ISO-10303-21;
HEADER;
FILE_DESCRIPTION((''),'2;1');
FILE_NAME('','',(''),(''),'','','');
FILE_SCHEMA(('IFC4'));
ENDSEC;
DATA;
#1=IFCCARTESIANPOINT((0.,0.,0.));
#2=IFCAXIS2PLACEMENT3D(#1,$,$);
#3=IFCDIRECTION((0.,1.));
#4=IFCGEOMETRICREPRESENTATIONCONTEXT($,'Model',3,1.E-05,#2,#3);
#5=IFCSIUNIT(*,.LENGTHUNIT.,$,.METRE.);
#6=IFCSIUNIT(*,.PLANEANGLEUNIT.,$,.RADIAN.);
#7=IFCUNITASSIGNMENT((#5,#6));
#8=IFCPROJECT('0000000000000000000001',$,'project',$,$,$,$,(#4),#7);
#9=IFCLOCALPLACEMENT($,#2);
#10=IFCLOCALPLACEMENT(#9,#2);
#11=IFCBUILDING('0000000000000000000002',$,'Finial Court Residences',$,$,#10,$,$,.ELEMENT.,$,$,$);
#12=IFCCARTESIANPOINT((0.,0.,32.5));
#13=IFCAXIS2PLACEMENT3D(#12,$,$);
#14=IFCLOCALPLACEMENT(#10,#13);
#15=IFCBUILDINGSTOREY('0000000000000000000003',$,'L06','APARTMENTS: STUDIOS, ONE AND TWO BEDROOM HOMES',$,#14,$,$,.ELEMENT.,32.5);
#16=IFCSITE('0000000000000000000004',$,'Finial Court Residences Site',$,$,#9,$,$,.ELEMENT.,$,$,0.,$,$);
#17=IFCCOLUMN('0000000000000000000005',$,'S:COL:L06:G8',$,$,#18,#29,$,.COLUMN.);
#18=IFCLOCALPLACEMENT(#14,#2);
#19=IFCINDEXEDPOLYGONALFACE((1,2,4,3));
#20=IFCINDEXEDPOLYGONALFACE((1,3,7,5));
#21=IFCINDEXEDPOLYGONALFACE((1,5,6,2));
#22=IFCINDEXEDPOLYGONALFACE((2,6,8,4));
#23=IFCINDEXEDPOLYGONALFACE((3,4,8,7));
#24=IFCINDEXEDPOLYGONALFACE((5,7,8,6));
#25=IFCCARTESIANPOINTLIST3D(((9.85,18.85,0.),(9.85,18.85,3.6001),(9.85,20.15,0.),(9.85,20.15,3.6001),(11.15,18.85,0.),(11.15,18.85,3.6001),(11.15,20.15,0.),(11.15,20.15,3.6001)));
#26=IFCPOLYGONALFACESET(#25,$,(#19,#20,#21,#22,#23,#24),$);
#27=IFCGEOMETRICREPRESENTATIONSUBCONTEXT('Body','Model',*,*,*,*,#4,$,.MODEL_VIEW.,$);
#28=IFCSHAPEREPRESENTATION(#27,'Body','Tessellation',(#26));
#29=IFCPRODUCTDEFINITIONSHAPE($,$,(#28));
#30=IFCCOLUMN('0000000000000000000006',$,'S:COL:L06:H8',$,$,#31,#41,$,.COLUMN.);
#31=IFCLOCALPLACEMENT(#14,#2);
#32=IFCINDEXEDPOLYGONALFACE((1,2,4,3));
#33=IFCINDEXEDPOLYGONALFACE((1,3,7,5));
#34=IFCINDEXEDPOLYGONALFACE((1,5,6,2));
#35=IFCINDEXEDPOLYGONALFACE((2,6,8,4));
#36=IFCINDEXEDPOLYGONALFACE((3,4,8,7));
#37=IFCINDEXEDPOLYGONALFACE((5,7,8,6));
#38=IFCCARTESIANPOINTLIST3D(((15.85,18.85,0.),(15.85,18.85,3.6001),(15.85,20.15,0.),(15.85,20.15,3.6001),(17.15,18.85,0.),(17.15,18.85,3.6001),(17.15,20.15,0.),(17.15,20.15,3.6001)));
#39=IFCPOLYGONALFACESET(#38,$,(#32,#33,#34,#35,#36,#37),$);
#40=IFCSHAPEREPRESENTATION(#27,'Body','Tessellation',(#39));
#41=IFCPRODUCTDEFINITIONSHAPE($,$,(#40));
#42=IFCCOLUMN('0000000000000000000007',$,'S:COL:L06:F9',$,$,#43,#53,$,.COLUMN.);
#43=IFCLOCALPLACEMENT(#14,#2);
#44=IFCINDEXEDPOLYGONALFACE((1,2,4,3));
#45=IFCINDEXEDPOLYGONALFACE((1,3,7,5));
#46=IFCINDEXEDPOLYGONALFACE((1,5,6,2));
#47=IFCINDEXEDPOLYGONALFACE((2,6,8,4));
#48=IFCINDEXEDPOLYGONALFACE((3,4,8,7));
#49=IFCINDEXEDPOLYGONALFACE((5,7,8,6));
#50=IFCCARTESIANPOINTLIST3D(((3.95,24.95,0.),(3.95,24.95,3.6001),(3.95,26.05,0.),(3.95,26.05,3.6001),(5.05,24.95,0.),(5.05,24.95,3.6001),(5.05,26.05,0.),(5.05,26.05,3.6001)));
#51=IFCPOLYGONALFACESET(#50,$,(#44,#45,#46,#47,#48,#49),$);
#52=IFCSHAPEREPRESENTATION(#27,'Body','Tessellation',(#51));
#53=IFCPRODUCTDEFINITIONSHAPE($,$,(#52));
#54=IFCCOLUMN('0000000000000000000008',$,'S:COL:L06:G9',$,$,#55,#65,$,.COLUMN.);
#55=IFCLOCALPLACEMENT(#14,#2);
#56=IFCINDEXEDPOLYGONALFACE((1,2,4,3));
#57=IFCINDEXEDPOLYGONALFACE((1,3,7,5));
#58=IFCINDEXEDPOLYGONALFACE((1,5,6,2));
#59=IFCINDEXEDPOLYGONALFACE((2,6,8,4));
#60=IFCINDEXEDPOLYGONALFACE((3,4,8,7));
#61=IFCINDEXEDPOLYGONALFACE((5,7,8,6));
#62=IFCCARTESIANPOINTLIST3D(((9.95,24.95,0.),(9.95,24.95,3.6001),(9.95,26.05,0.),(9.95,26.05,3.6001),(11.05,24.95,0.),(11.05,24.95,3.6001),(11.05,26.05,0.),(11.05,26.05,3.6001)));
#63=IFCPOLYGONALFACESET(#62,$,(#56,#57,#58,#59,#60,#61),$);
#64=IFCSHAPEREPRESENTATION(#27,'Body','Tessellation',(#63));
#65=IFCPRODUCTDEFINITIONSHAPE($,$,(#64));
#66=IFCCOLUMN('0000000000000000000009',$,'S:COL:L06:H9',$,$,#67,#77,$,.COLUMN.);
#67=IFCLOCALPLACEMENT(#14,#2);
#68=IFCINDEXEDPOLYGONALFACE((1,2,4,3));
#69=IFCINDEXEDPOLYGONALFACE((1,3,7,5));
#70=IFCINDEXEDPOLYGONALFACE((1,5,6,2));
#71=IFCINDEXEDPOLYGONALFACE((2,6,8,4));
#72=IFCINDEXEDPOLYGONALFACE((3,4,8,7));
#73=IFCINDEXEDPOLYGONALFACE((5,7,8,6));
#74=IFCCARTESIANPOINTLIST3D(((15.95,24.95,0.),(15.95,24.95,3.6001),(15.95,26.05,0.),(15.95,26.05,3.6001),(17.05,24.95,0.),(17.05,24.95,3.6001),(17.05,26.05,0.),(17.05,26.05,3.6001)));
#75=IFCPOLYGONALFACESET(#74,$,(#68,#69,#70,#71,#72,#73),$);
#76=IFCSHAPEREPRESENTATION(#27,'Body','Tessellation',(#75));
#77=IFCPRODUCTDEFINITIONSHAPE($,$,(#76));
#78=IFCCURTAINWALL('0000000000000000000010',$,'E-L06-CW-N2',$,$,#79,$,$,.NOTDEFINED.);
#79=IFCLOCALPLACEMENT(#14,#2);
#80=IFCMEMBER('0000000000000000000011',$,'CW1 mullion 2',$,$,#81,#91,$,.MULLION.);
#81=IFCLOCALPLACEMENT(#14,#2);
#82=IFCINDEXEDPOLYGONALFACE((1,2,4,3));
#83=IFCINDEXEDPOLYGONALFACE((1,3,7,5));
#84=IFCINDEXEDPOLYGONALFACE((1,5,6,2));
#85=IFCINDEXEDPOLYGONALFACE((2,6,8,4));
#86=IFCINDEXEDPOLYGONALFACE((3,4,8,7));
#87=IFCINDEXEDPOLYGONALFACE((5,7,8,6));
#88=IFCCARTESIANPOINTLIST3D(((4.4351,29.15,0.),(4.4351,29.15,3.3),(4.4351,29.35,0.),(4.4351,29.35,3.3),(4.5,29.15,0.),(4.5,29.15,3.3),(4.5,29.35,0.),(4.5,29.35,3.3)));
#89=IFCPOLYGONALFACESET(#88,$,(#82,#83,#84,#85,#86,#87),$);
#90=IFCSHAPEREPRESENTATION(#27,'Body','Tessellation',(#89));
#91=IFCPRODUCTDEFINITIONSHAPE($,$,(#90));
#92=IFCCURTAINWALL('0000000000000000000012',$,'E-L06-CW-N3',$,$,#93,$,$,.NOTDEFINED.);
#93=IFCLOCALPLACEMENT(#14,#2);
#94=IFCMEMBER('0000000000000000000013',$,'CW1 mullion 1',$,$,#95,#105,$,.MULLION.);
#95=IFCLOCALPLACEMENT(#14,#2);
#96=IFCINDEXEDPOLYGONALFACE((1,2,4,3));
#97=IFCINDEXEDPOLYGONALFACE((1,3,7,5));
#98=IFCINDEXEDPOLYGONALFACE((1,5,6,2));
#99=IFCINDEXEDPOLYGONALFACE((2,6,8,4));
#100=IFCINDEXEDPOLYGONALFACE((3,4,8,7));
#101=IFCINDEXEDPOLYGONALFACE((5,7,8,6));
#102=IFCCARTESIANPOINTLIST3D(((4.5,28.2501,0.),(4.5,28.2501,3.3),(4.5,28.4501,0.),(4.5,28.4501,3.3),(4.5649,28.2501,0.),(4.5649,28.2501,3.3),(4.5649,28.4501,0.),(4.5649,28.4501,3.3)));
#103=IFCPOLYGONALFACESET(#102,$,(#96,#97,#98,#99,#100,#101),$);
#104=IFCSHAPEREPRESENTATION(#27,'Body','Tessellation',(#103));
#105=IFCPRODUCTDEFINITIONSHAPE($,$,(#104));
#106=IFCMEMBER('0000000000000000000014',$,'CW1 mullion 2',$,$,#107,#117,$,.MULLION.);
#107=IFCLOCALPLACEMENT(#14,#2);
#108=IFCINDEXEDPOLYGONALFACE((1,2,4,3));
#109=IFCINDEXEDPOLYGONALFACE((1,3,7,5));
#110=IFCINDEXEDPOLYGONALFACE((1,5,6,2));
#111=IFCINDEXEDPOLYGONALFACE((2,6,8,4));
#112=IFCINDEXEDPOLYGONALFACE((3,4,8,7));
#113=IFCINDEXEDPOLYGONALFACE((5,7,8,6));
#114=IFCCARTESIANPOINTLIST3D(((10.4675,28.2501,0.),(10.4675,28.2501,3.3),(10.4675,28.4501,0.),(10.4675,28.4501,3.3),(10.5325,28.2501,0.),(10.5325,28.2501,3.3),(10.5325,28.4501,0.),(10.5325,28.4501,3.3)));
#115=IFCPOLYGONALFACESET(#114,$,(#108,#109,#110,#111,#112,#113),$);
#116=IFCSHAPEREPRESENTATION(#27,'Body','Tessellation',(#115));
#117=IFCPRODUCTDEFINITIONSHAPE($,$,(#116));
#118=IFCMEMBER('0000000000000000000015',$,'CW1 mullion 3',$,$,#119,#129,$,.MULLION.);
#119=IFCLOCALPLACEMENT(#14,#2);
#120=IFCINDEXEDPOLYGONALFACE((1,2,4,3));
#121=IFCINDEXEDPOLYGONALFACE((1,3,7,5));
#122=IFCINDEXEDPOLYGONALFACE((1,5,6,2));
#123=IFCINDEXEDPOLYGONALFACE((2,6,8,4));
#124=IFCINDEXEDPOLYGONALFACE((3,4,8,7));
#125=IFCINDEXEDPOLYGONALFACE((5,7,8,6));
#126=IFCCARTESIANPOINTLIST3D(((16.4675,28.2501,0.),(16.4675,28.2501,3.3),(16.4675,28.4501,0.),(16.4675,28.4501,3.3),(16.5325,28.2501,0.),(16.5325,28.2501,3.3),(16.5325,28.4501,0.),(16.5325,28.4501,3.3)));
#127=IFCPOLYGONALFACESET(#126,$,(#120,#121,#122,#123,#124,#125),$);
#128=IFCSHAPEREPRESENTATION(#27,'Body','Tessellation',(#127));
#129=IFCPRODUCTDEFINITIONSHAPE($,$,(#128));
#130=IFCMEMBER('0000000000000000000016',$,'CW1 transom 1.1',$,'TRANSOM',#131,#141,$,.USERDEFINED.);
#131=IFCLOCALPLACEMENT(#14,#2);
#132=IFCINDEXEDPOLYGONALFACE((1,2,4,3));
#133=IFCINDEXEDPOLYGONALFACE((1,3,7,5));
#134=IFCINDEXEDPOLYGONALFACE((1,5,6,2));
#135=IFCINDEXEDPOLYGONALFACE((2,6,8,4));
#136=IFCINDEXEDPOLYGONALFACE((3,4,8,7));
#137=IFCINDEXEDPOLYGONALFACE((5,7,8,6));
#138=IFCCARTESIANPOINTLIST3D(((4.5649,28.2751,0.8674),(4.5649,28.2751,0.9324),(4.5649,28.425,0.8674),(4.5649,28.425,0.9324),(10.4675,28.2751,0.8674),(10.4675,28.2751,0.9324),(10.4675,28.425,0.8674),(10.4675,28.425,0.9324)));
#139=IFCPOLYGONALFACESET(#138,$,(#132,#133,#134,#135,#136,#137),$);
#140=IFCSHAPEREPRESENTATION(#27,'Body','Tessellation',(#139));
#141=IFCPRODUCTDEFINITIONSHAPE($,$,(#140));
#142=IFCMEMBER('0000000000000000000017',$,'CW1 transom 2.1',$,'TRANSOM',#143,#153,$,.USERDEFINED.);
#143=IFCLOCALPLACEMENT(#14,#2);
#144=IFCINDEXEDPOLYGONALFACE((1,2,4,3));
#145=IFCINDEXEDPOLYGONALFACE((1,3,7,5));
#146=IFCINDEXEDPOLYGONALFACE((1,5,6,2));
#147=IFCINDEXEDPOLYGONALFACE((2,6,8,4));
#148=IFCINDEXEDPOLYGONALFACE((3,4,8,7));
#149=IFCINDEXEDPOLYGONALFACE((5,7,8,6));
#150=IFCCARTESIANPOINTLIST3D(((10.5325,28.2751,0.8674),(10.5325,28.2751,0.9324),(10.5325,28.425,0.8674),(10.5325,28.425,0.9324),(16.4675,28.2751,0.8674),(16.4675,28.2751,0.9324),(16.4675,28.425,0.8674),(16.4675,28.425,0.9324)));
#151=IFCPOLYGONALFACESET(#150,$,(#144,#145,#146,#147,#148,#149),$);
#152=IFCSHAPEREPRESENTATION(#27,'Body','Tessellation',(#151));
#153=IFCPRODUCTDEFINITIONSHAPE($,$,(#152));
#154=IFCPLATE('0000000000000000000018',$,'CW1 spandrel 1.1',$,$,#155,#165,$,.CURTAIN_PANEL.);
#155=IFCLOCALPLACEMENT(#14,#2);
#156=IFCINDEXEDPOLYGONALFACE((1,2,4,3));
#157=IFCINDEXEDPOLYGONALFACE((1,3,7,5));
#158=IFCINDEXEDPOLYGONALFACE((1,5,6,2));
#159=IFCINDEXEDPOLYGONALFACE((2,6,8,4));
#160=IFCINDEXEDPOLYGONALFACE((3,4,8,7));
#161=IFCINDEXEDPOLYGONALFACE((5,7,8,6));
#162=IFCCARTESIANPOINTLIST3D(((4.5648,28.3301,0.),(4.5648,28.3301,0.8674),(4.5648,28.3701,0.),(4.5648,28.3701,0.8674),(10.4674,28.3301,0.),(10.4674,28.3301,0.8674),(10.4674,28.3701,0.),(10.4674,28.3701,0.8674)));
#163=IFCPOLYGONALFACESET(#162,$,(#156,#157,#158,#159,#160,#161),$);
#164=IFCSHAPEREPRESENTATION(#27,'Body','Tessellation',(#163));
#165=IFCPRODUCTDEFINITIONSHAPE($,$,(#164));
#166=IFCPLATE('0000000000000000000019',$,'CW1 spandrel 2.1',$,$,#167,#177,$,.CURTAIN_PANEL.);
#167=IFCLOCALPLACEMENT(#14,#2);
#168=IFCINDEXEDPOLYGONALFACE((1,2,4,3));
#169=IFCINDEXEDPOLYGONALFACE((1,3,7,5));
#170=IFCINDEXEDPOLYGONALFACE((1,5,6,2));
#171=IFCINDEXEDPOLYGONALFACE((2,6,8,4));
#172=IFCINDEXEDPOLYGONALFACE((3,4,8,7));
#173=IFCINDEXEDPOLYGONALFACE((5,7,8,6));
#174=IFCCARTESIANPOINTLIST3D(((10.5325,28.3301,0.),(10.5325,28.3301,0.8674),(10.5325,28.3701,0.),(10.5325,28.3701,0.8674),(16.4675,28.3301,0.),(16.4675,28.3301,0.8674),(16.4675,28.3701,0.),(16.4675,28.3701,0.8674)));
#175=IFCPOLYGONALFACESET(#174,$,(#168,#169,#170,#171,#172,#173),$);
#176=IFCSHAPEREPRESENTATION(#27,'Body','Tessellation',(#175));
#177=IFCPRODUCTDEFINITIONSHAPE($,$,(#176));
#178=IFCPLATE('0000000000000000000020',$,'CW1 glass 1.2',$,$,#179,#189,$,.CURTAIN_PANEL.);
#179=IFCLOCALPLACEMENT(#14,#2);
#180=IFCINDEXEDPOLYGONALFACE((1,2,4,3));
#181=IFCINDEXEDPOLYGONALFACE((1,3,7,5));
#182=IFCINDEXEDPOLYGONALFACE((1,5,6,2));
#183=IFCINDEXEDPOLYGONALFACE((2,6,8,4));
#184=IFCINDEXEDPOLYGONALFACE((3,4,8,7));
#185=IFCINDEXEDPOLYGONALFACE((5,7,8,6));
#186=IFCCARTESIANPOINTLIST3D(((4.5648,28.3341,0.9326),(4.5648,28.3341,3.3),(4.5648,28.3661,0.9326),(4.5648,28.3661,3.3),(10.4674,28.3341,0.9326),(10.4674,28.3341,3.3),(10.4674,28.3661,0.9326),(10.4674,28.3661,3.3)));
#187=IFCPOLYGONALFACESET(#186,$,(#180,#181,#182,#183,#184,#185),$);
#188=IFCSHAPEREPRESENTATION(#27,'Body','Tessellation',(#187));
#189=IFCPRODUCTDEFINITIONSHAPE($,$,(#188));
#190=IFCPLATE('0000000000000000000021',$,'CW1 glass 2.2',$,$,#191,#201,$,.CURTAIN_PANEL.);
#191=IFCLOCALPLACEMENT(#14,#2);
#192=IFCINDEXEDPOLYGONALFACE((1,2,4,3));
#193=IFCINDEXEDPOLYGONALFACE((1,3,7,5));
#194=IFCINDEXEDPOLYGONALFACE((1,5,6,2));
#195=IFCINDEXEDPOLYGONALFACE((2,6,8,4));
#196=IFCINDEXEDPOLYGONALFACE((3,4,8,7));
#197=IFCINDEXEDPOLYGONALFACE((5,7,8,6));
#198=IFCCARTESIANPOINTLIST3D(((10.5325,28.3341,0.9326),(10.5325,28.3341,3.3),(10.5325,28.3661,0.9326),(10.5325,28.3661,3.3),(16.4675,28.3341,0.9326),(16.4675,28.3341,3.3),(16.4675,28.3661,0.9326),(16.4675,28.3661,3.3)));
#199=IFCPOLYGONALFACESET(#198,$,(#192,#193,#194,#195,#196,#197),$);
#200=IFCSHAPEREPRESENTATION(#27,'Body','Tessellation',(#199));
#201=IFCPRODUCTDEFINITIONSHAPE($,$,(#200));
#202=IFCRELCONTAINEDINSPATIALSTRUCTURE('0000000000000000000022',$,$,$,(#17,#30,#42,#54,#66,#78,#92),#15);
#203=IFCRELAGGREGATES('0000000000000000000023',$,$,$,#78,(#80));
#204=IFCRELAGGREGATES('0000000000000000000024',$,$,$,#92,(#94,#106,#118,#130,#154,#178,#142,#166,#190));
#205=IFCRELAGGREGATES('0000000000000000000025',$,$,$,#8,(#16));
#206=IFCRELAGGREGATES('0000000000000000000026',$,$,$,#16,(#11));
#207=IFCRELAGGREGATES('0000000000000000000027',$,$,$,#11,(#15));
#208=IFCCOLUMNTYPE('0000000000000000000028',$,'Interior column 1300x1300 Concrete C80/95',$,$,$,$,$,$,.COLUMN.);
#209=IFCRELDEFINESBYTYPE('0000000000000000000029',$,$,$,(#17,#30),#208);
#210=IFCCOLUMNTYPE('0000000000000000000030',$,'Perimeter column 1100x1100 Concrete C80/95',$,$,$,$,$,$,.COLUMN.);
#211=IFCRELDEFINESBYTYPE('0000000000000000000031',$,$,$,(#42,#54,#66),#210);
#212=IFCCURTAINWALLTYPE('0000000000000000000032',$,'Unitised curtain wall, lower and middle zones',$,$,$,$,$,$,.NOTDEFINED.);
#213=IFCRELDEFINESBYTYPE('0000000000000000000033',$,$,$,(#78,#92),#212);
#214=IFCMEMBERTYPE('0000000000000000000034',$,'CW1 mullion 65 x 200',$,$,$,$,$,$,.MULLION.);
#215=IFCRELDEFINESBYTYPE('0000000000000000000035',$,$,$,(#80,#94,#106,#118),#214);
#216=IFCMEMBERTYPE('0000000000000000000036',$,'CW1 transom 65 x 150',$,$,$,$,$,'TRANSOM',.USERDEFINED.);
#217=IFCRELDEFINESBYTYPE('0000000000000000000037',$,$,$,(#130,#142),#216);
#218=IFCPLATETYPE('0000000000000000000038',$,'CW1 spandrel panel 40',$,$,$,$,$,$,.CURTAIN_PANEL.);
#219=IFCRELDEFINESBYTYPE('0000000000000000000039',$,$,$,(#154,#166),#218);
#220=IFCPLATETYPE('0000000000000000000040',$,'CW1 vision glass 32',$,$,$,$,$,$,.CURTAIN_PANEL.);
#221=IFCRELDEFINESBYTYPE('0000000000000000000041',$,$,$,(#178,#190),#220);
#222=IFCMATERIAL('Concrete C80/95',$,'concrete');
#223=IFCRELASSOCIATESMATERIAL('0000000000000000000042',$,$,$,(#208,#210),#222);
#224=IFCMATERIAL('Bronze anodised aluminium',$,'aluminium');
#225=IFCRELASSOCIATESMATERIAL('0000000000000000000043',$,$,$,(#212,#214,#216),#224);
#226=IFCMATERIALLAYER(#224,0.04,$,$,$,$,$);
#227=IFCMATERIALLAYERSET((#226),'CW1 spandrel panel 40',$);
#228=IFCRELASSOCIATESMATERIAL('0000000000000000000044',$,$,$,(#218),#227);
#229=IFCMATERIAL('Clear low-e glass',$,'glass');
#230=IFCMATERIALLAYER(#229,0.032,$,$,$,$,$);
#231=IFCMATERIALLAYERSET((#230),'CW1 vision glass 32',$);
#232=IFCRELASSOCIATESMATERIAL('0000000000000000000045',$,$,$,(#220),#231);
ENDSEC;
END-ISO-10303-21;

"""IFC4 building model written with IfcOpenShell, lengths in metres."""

from ifc_helpers import new_model, si_unit, direction, frame, origin, origin_2d, place, context, subcontext, project, spatial, rectangle, extrude, material, layer, layer_set, material_profile, profile_set, type_object, element, aggregate, save


model = new_model("IFC4")

# Units and contexts
model_context = context("Model", 3, precision=1e-05, world=origin(), true_north=direction((0.0, 1.0)))
body_context = subcontext(model_context, "Body", "Model", "MODEL_VIEW")
ifc_project = project(units=[si_unit("LENGTHUNIT", "METRE"), si_unit("PLANEANGLEUNIT", "RADIAN")], contexts=[model_context])

# Site, building, storey
site_placement = place(None, origin())
site = spatial("IfcSite", under=ifc_project, at=site_placement, Name="Finial Court Residences Site", CompositionType="ELEMENT", RefElevation=0.0)
building_placement = place(site_placement, origin())
building = spatial("IfcBuilding", under=site, at=building_placement, Name="Finial Court Residences", CompositionType="ELEMENT")
storey_placement = place(building_placement, frame((0.0, 0.0, 32.5)))
storey = spatial("IfcBuildingStorey", under=building, at=storey_placement, Name="L06", Description="APARTMENTS: STUDIOS, ONE AND TWO BEDROOM HOMES", CompositionType="ELEMENT", Elevation=32.5)

# Columns
ifc_material_1 = material(Name="Concrete C80/95", Category="concrete")
ifc_material_profile_1 = material_profile(ifc_material_1, rectangle(XDim=1.3, YDim=1.3, at=origin_2d()), Name="1300x1300")
ifc_profile_set_1 = profile_set([ifc_material_profile_1], Name="Concrete C80/95")
column_type_1 = type_object("IfcColumnType", Name="Interior column 1300x1300 Concrete C80/95", PredefinedType="COLUMN", material=ifc_profile_set_1)
for number, where, z_axis, x_axis, name in (
    (1, (10.5, 19.5, 0.0), (0.0, 0.0, 1.0), (1.0, 0.0, 0.0), "S:COL:L06:G8"),
    (2, (16.5, 19.5, 0.0), (0.0, 0.0, 1.0), (1.0, 0.0, 0.0), "S:COL:L06:H8"),
):
    element("IfcColumn", number, at=place(storey_placement, frame(where, z_axis=z_axis, x_axis=x_axis)), inside=storey, type_object=column_type_1, Name=name, PredefinedType="COLUMN", context=body_context, shape_type="SweptSolid", body=[
        extrude(rectangle(XDim=1.3, YDim=1.3, at=origin_2d()), origin(), (0.0, 0.0, 1.0), 3.6001),
    ])
ifc_material_profile_2 = material_profile(ifc_material_1, rectangle(XDim=1.1001, YDim=1.1001, at=origin_2d()), Name="1100x1100")
ifc_profile_set_2 = profile_set([ifc_material_profile_2], Name="Concrete C80/95")
column_type_2 = type_object("IfcColumnType", Name="Perimeter column 1100x1100 Concrete C80/95", PredefinedType="COLUMN", material=ifc_profile_set_2)
for number, where, z_axis, x_axis, name in (
    (3, (4.5, 25.5, 0.0), (0.0, 0.0, 1.0), (1.0, 0.0, 0.0), "S:COL:L06:F9"),
    (4, (10.5, 25.5, 0.0), (0.0, 0.0, 1.0), (1.0, 0.0, 0.0), "S:COL:L06:G9"),
    (5, (16.5, 25.5, 0.0), (0.0, 0.0, 1.0), (1.0, 0.0, 0.0), "S:COL:L06:H9"),
):
    element("IfcColumn", number, at=place(storey_placement, frame(where, z_axis=z_axis, x_axis=x_axis)), inside=storey, type_object=column_type_2, Name=name, PredefinedType="COLUMN", context=body_context, shape_type="SweptSolid", body=[
        extrude(rectangle(XDim=1.1001, YDim=1.1001, at=origin_2d()), origin(), (0.0, 0.0, 1.0), 3.6001),
    ])

# Curtain wall, member
ifc_material_2 = material(Name="Bronze anodised aluminium", Category="aluminium")
curtain_wall_type = type_object("IfcCurtainWallType", Name="Unitised curtain wall, lower and middle zones", PredefinedType="NOTDEFINED", material=ifc_material_2)
curtain_wall_1_placement = place(storey_placement, origin())
curtain_wall_1 = element("IfcCurtainWall", 6, at=curtain_wall_1_placement, inside=storey, type_object=curtain_wall_type, Name="E-L06-CW-N2", PredefinedType="NOTDEFINED")
ifc_material_profile_3 = material_profile(ifc_material_2, rectangle(XDim=0.2, YDim=0.0649, at=origin_2d()), Name="CW1 mullion 65 x 200")
ifc_profile_set_3 = profile_set([ifc_material_profile_3], Name="Bronze anodised aluminium")
member_type_1 = type_object("IfcMemberType", Name="CW1 mullion 65 x 200", PredefinedType="MULLION", material=ifc_profile_set_3)
member_1_placement = place(storey_placement, frame((4.4675, 29.25, 0.0), z_axis=(0.0, 0.0, 1.0), x_axis=(0.0, 1.0, 0.0)))
member_1 = element("IfcMember", 7, at=member_1_placement, type_object=member_type_1, Name="CW1 mullion 2", PredefinedType="MULLION", context=body_context, shape_type="SweptSolid", body=[
    extrude(rectangle(XDim=0.2, YDim=0.0649, at=origin_2d()), origin(), (0.0, 0.0, 1.0), 3.3),
])
aggregate(curtain_wall_1, [member_1])

# Curtain wall, members, plates
curtain_wall_2_placement = place(storey_placement, origin())
curtain_wall_2 = element("IfcCurtainWall", 8, at=curtain_wall_2_placement, inside=storey, type_object=curtain_wall_type, Name="E-L06-CW-N3", PredefinedType="NOTDEFINED")
member_2_placement = place(storey_placement, frame((4.5325, 28.3501, 0.0), z_axis=(0.0, 0.0, 1.0), x_axis=(0.0, 1.0, 0.0)))
member_2 = element("IfcMember", 9, at=member_2_placement, type_object=member_type_1, Name="CW1 mullion 1", PredefinedType="MULLION", context=body_context, shape_type="SweptSolid", body=[
    extrude(rectangle(XDim=0.2, YDim=0.0649, at=origin_2d()), origin(), (0.0, 0.0, 1.0), 3.3),
])
member_3_placement = place(storey_placement, frame((10.5, 28.3501, 0.0), z_axis=(0.0, 0.0, 1.0), x_axis=(0.0, 1.0, 0.0)))
member_3 = element("IfcMember", 10, at=member_3_placement, type_object=member_type_1, Name="CW1 mullion 2", PredefinedType="MULLION", context=body_context, shape_type="SweptSolid", body=[
    extrude(rectangle(XDim=0.2, YDim=0.0649, at=origin_2d()), origin(), (0.0, 0.0, 1.0), 3.3),
])
member_4_placement = place(storey_placement, frame((16.5, 28.3501, 0.0), z_axis=(0.0, 0.0, 1.0), x_axis=(0.0, 1.0, 0.0)))
member_4 = element("IfcMember", 11, at=member_4_placement, type_object=member_type_1, Name="CW1 mullion 3", PredefinedType="MULLION", context=body_context, shape_type="SweptSolid", body=[
    extrude(rectangle(XDim=0.2, YDim=0.0649, at=origin_2d()), origin(), (0.0, 0.0, 1.0), 3.3),
])
ifc_material_profile_4 = material_profile(ifc_material_2, rectangle(XDim=0.1499, YDim=0.0649, at=origin_2d()), Name="CW1 transom 65 x 150")
ifc_profile_set_4 = profile_set([ifc_material_profile_4], Name="Bronze anodised aluminium")
member_type_2 = type_object("IfcMemberType", Name="CW1 transom 65 x 150", ElementType="TRANSOM", PredefinedType="USERDEFINED", material=ifc_profile_set_4)
member_5_placement = place(storey_placement, frame((4.5649, 28.3501, 0.8999), z_axis=(1.0, 0.0, 0.0), x_axis=(0.0, 1.0, 0.0)))
member_5 = element("IfcMember", 12, at=member_5_placement, type_object=member_type_2, Name="CW1 transom 1.1", ObjectType="TRANSOM", PredefinedType="USERDEFINED", context=body_context, shape_type="SweptSolid", body=[
    extrude(rectangle(XDim=0.1499, YDim=0.0649, at=origin_2d()), origin(), (0.0, 0.0, 1.0), 5.9026),
])
member_6_placement = place(storey_placement, frame((10.5325, 28.3501, 0.8999), z_axis=(1.0, 0.0, 0.0), x_axis=(0.0, 1.0, 0.0)))
member_6 = element("IfcMember", 13, at=member_6_placement, type_object=member_type_2, Name="CW1 transom 2.1", ObjectType="TRANSOM", PredefinedType="USERDEFINED", context=body_context, shape_type="SweptSolid", body=[
    extrude(rectangle(XDim=0.1499, YDim=0.0649, at=origin_2d()), origin(), (0.0, 0.0, 1.0), 5.9351),
])
ifc_layer_1 = layer(ifc_material_2, 0.04)
ifc_layer_set_1 = layer_set([ifc_layer_1], Name="CW1 spandrel panel 40")
plate_type_1 = type_object("IfcPlateType", Name="CW1 spandrel panel 40", PredefinedType="CURTAIN_PANEL", material=ifc_layer_set_1)
plate_1_placement = place(storey_placement, frame((7.5161, 28.3501, 0.0), z_axis=(0.0, 0.0, 1.0), x_axis=(1.0, 0.0, 0.0)))
plate_1 = element("IfcPlate", 14, at=plate_1_placement, type_object=plate_type_1, Name="CW1 spandrel 1.1", PredefinedType="CURTAIN_PANEL", context=body_context, shape_type="SweptSolid", body=[
    extrude(rectangle(XDim=5.9026, YDim=0.04, at=origin_2d()), origin(), (0.0, 0.0, 1.0), 0.8674),
])
plate_2_placement = place(storey_placement, frame((13.5, 28.3501, 0.0), z_axis=(0.0, 0.0, 1.0), x_axis=(1.0, 0.0, 0.0)))
plate_2 = element("IfcPlate", 15, at=plate_2_placement, type_object=plate_type_1, Name="CW1 spandrel 2.1", PredefinedType="CURTAIN_PANEL", context=body_context, shape_type="SweptSolid", body=[
    extrude(rectangle(XDim=5.9351, YDim=0.04, at=origin_2d()), origin(), (0.0, 0.0, 1.0), 0.8674),
])
ifc_material_3 = material(Name="Clear low-e glass", Category="glass")
ifc_layer_2 = layer(ifc_material_3, 0.032)
ifc_layer_set_2 = layer_set([ifc_layer_2], Name="CW1 vision glass 32")
plate_type_2 = type_object("IfcPlateType", Name="CW1 vision glass 32", PredefinedType="CURTAIN_PANEL", material=ifc_layer_set_2)
plate_3_placement = place(storey_placement, frame((7.5161, 28.3501, 0.9326), z_axis=(0.0, 0.0, 1.0), x_axis=(1.0, 0.0, 0.0)))
plate_3 = element("IfcPlate", 16, at=plate_3_placement, type_object=plate_type_2, Name="CW1 glass 1.2", PredefinedType="CURTAIN_PANEL", context=body_context, shape_type="SweptSolid", body=[
    extrude(rectangle(XDim=5.9026, YDim=0.032, at=origin_2d()), origin(), (0.0, 0.0, 1.0), 2.3674),
])
plate_4_placement = place(storey_placement, frame((13.5, 28.3501, 0.9326), z_axis=(0.0, 0.0, 1.0), x_axis=(1.0, 0.0, 0.0)))
plate_4 = element("IfcPlate", 17, at=plate_4_placement, type_object=plate_type_2, Name="CW1 glass 2.2", PredefinedType="CURTAIN_PANEL", context=body_context, shape_type="SweptSolid", body=[
    extrude(rectangle(XDim=5.9351, YDim=0.032, at=origin_2d()), origin(), (0.0, 0.0, 1.0), 2.3674),
])
aggregate(curtain_wall_2, [member_2, member_3, member_4, member_5, plate_1, plate_3, member_6, plate_2, plate_4])

save(model, "model.ifc")
